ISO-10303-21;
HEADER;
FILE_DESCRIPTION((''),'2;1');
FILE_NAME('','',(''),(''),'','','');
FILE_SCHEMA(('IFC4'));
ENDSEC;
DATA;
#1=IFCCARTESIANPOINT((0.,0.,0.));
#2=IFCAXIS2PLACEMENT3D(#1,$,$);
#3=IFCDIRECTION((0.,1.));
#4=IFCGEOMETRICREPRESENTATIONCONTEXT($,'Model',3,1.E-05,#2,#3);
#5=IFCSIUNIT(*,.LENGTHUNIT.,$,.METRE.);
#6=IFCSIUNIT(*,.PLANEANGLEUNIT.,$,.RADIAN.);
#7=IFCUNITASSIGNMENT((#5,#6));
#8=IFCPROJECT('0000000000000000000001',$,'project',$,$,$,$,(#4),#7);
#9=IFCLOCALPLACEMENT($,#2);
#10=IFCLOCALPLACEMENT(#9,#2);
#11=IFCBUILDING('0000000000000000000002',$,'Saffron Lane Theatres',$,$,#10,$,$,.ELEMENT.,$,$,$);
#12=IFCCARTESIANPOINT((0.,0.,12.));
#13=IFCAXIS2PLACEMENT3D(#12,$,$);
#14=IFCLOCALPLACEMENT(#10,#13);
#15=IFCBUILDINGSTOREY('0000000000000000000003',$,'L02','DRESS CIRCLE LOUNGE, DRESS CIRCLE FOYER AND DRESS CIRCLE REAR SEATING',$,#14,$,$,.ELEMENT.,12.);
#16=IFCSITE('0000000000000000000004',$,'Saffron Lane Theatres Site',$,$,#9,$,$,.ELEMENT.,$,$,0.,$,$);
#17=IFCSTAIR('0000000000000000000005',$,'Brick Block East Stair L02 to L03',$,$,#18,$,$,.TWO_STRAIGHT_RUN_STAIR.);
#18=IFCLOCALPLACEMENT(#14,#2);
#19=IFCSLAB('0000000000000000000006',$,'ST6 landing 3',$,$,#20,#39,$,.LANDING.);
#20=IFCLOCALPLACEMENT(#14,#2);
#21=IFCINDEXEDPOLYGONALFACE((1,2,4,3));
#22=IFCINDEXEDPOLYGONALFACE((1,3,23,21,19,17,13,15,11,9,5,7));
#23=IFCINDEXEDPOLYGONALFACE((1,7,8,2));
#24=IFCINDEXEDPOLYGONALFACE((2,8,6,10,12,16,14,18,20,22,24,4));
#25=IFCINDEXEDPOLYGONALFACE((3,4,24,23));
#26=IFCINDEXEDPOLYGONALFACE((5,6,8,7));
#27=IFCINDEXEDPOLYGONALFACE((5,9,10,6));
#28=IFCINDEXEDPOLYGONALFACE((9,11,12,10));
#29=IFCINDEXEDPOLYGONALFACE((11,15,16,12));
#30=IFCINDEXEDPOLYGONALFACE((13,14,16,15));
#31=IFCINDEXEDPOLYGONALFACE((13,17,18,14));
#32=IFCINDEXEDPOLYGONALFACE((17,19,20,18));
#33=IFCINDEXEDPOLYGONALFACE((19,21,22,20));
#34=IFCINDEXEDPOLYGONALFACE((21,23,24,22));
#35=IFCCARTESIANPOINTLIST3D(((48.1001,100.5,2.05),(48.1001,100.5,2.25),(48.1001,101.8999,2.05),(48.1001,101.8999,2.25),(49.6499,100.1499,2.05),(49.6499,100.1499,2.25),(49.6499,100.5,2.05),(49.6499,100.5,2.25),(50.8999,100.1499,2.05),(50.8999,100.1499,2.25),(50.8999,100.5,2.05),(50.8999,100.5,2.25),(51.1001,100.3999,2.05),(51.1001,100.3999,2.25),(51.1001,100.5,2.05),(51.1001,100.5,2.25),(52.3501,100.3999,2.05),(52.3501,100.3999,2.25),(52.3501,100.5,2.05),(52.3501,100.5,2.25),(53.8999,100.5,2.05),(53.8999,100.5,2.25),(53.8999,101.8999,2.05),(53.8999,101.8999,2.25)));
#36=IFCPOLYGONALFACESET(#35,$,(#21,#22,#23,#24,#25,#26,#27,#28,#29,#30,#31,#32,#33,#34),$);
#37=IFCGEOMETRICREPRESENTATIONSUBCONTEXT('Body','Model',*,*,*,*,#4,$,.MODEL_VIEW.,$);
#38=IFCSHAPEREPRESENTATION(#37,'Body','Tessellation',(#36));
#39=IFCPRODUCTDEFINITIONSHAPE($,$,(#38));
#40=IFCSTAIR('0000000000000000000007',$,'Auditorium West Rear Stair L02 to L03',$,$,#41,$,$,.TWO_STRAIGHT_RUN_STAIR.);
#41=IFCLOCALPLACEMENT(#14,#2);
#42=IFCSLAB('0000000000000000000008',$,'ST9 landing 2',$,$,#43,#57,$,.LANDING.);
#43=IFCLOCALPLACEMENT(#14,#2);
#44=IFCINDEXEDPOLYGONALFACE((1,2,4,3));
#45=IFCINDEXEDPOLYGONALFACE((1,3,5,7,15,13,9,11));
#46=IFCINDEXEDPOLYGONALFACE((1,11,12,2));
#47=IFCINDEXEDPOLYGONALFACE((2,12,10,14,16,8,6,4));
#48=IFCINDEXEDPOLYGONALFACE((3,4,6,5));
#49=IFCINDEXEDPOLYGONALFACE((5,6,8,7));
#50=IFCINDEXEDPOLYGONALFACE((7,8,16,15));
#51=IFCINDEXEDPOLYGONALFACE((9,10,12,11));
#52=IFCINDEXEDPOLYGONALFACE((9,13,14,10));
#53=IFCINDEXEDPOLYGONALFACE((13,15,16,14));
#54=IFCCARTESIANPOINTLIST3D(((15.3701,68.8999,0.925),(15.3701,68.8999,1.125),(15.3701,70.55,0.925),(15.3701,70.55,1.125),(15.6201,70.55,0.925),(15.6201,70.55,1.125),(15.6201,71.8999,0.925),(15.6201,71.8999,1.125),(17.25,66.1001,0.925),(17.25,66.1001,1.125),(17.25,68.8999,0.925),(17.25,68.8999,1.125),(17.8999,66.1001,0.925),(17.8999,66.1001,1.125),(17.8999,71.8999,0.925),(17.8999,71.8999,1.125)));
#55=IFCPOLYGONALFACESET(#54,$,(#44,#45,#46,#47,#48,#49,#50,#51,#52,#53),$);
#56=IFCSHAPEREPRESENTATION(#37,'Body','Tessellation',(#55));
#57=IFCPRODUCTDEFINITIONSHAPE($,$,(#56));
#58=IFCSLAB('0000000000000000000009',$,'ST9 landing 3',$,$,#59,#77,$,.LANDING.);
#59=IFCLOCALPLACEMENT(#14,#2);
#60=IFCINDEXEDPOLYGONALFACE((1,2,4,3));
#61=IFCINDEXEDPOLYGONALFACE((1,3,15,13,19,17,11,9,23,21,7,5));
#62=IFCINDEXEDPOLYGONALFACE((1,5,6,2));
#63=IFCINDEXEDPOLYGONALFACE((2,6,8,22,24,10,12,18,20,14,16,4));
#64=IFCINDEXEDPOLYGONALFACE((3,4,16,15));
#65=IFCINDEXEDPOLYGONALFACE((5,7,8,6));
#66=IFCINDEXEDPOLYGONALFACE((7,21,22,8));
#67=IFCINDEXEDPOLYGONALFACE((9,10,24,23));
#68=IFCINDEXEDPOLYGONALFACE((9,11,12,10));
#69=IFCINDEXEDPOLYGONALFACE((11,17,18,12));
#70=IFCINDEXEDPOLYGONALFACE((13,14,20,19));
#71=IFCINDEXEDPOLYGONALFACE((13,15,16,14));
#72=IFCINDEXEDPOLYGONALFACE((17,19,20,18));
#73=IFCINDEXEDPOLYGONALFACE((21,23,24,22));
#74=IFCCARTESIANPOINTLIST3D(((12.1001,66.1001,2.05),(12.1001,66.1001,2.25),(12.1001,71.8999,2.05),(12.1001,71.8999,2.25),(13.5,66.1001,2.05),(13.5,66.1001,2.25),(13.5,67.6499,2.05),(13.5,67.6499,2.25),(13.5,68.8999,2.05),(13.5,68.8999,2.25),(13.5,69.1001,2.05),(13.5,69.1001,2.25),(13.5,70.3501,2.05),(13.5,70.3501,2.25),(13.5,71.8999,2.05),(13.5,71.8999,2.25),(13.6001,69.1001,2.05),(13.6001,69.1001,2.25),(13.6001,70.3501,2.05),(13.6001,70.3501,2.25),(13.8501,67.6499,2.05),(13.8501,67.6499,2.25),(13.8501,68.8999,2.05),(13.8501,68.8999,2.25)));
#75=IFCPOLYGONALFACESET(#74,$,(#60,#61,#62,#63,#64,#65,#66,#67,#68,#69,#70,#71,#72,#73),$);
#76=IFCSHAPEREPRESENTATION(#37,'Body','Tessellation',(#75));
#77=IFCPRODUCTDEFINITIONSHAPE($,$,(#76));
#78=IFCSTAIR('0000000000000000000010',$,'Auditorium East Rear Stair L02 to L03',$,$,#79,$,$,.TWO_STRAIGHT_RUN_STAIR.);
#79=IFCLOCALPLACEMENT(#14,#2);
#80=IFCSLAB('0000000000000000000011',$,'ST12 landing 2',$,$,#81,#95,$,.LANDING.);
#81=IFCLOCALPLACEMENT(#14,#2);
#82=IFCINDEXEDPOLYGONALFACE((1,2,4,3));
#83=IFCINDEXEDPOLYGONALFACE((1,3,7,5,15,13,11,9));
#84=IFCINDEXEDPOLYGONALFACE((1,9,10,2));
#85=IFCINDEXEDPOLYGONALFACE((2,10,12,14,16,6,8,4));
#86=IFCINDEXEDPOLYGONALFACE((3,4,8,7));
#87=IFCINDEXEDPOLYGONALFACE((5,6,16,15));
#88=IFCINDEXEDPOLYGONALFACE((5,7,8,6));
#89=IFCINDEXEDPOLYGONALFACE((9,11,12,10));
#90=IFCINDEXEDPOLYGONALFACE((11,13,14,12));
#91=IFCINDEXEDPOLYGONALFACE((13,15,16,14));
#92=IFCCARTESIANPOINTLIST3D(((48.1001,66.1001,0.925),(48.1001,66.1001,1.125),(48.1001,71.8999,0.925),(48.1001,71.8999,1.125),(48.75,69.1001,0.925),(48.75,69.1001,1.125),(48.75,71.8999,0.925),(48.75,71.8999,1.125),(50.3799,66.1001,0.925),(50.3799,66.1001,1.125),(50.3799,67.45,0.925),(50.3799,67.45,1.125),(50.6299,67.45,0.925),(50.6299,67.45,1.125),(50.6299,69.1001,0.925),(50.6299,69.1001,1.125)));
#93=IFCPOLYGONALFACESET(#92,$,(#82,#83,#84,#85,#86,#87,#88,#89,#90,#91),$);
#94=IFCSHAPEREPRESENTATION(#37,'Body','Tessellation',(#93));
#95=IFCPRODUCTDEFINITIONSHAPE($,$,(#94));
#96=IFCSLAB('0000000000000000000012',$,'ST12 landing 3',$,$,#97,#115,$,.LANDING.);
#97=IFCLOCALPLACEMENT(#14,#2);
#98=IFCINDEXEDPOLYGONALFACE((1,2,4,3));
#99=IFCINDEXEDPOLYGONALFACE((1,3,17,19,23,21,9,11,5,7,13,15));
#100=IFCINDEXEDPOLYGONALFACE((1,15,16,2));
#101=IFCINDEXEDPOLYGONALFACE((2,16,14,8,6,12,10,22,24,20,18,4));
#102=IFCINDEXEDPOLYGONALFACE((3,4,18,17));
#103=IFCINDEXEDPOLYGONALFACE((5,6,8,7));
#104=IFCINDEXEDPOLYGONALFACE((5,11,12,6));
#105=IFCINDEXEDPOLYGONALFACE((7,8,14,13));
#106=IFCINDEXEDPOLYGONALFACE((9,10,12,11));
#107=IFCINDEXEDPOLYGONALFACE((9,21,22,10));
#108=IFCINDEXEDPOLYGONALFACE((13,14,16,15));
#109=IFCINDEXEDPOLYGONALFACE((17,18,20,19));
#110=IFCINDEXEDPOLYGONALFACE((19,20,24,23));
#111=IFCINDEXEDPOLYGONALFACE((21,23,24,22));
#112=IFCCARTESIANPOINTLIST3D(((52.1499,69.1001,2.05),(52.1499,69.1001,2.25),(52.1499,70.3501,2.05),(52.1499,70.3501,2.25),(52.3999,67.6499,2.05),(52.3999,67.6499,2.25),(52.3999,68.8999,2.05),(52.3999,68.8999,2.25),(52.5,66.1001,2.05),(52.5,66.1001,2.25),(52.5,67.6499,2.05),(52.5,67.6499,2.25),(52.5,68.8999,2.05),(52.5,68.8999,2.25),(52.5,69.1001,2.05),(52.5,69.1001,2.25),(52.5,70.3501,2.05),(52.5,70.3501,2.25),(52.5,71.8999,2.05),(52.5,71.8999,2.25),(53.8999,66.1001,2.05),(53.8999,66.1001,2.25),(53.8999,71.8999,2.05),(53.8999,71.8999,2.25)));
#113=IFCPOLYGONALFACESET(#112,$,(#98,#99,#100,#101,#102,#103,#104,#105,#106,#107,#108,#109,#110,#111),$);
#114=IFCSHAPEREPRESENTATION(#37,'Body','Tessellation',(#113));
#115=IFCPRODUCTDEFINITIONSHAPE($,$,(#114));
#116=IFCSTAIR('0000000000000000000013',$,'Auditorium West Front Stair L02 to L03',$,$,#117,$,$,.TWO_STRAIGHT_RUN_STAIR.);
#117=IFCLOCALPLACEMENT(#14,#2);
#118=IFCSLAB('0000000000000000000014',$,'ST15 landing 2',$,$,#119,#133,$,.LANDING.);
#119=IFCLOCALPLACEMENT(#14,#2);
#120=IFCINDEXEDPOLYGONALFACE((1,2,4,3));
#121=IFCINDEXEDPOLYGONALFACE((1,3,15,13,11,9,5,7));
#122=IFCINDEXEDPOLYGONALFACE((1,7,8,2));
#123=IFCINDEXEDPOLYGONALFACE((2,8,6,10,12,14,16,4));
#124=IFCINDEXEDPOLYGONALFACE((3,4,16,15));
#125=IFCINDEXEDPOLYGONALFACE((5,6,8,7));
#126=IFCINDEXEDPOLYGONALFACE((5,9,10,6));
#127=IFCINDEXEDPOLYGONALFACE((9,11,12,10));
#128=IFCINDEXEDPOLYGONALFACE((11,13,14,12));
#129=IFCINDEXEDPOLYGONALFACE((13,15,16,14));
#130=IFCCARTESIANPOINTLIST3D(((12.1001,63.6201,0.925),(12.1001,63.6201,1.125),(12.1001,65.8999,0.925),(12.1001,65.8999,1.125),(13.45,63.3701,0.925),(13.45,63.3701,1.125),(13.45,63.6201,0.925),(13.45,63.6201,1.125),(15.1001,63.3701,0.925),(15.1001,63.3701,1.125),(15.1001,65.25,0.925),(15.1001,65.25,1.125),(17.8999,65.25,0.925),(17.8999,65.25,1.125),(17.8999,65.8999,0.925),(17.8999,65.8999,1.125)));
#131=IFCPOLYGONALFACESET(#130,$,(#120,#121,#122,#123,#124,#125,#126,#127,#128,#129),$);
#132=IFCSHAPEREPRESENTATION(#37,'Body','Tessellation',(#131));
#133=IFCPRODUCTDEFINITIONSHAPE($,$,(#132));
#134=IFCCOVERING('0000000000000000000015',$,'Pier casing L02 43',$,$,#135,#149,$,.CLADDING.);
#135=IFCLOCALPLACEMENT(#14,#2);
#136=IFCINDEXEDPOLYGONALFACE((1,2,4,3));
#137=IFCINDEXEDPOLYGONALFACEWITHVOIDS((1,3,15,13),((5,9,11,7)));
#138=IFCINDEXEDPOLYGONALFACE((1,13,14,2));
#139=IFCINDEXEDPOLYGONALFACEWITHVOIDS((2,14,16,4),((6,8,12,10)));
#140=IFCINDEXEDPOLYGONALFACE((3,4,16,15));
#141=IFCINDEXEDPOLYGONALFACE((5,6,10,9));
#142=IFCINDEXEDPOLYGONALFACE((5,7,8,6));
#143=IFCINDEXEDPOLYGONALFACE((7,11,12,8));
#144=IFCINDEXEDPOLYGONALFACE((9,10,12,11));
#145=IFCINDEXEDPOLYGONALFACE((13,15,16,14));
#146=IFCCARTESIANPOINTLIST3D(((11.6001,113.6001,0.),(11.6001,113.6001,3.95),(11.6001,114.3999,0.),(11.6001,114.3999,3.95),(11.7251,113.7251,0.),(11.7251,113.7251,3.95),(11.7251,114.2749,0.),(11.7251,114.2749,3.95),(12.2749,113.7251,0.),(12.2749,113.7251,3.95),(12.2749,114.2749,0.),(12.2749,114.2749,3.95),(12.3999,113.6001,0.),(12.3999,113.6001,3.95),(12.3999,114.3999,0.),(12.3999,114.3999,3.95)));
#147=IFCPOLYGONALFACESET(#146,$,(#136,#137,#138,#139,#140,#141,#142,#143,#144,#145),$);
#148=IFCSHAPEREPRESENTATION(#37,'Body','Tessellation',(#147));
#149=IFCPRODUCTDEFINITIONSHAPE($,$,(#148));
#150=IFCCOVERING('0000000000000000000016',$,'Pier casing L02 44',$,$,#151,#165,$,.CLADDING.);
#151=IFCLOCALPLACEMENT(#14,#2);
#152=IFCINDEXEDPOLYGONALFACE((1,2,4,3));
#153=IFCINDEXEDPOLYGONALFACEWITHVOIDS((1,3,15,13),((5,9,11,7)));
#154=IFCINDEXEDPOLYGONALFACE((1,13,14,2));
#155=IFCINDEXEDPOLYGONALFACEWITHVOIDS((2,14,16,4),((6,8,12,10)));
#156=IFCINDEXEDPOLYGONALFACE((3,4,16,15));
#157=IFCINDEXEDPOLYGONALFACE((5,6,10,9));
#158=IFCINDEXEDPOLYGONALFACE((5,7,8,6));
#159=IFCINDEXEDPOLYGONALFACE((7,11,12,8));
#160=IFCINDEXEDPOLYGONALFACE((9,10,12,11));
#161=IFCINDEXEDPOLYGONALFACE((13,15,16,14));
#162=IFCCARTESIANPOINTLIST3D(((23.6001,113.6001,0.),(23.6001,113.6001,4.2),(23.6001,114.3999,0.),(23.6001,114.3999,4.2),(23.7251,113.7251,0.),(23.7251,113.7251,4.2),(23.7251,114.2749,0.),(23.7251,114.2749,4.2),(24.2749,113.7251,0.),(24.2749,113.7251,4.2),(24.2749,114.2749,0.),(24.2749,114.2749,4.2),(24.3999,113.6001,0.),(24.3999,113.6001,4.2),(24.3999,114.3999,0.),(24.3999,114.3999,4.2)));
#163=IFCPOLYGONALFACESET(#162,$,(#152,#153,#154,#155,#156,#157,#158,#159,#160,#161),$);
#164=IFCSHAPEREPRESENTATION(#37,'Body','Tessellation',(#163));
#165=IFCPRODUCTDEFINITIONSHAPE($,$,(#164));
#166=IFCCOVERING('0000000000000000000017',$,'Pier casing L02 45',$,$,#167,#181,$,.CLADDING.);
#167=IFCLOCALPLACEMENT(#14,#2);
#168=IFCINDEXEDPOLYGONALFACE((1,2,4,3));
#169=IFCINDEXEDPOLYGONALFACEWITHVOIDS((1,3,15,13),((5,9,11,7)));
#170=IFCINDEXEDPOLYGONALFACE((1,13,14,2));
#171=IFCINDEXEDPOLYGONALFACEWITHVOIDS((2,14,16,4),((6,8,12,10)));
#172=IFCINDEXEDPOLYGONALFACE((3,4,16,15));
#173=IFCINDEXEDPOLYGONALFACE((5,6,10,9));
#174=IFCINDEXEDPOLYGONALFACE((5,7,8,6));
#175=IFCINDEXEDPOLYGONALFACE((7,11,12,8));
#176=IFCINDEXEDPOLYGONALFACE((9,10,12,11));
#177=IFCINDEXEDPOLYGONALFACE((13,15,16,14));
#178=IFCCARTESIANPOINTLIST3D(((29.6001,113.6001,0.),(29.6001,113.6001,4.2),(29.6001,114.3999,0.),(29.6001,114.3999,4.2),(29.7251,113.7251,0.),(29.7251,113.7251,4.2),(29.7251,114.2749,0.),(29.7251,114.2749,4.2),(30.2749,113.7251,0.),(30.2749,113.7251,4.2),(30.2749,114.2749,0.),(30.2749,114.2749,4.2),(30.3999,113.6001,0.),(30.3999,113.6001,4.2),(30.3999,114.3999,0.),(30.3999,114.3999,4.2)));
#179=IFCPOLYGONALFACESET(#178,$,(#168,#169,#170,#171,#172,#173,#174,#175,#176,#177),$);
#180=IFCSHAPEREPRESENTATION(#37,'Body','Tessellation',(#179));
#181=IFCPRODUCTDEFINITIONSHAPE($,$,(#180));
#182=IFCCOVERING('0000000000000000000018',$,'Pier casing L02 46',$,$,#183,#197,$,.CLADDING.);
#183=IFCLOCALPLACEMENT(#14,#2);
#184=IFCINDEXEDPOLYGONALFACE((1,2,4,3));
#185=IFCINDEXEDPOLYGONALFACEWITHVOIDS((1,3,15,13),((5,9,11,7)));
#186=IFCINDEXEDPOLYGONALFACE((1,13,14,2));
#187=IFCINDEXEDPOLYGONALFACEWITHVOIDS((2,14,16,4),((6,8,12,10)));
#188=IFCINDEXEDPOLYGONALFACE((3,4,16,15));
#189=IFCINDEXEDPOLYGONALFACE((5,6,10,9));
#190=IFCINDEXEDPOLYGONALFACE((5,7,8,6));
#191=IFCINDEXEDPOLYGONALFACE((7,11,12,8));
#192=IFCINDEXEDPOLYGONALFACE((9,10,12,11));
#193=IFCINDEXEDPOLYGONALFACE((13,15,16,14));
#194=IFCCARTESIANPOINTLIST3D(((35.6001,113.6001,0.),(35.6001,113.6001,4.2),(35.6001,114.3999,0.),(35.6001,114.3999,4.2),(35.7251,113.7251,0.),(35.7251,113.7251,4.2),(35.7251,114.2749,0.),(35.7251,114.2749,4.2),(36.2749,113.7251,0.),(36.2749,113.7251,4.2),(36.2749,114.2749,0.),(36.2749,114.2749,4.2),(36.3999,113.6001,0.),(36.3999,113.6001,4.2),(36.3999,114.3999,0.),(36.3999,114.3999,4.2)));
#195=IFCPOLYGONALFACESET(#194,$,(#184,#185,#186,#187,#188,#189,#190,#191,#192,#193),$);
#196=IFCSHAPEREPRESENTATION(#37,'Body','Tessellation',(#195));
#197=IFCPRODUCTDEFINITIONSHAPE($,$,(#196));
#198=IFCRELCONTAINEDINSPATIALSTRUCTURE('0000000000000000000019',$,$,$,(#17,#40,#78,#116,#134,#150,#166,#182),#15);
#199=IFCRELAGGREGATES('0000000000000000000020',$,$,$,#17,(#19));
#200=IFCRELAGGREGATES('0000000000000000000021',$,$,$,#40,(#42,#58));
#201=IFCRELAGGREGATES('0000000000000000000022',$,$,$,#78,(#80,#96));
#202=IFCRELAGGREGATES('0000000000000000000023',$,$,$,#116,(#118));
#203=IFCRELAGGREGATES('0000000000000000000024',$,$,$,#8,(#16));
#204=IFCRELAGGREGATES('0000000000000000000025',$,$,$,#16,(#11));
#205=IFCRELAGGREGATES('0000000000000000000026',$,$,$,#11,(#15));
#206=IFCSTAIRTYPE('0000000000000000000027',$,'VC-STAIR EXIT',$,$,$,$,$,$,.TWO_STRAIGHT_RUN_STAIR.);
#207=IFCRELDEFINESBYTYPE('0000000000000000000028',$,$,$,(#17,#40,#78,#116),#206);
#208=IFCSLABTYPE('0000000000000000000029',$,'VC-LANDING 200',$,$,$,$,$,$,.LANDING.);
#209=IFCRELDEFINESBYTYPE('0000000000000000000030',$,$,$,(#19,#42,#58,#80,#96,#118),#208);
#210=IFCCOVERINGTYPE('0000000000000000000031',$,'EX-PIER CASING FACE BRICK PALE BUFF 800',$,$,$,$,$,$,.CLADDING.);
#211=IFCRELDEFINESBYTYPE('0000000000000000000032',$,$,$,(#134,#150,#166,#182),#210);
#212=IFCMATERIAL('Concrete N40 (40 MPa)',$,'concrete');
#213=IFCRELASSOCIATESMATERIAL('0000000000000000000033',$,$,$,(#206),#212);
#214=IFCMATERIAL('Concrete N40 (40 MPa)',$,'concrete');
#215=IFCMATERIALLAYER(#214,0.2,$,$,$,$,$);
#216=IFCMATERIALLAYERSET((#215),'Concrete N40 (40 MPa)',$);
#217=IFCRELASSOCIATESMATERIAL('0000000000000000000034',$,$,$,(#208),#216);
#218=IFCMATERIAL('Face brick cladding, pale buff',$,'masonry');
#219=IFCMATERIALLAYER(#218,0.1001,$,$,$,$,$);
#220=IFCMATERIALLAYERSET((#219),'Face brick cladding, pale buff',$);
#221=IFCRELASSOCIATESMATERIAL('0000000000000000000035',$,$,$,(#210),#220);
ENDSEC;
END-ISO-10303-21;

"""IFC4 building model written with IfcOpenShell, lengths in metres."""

from ifc_helpers import new_model, si_unit, direction, frame, origin, place, context, subcontext, project, spatial, polyline, outline, extrude, material, layer, layer_set, type_object, element, aggregate, save


model = new_model("IFC4")

# Units and contexts
model_context = context("Model", 3, precision=1e-05, world=origin(), true_north=direction((0.0, 1.0)))
body_context = subcontext(model_context, "Body", "Model", "MODEL_VIEW")
ifc_project = project(units=[si_unit("LENGTHUNIT", "METRE"), si_unit("PLANEANGLEUNIT", "RADIAN")], contexts=[model_context])

# Site, building, storey
site_placement = place(None, origin())
site = spatial("IfcSite", under=ifc_project, at=site_placement, Name="Saffron Lane Theatres Site", CompositionType="ELEMENT", RefElevation=0.0)
building_placement = place(site_placement, origin())
building = spatial("IfcBuilding", under=site, at=building_placement, Name="Saffron Lane Theatres", CompositionType="ELEMENT")
storey_placement = place(building_placement, frame((0.0, 0.0, 12.0)))
storey = spatial("IfcBuildingStorey", under=building, at=storey_placement, Name="L02", Description="DRESS CIRCLE LOUNGE, DRESS CIRCLE FOYER AND DRESS CIRCLE REAR SEATING", CompositionType="ELEMENT", Elevation=12.0)

# Stairs, slabs
ifc_material_1 = material(Name="Concrete N40 (40 MPa)", Category="concrete")
stair_type_1 = type_object("IfcStairType", Name="VC-STAIR EXIT", PredefinedType="TWO_STRAIGHT_RUN_STAIR", material=ifc_material_1)
ifc_material_2 = material(Name="Concrete N40 (40 MPa)", Category="concrete")
ifc_layer_1 = layer(ifc_material_2, 0.2)
ifc_layer_set_1 = layer_set([ifc_layer_1], Name="Concrete N40 (40 MPa)")
slab_type_1 = type_object("IfcSlabType", Name="VC-LANDING 200", PredefinedType="LANDING", material=ifc_layer_set_1)
stair_1_placement = place(storey_placement, origin())
stair_1 = element("IfcStair", 1, at=stair_1_placement, inside=storey, type_object=stair_type_1, Name="Brick Block East Stair L02 to L03", PredefinedType="TWO_STRAIGHT_RUN_STAIR")
slab_1_placement = place(storey_placement, frame((0.0, 0.0, 2.05)))
slab_1 = element("IfcSlab", 2, at=slab_1_placement, type_object=slab_type_1, Name="ST6 landing 3", PredefinedType="LANDING", context=body_context, shape_type="SweptSolid", body=[
    extrude(outline(polyline([(48.1001, 100.5), (48.1001, 101.8999), (53.8999, 101.8999), (53.8999, 100.5), (52.3501, 100.5), (52.3501, 100.3999), (51.1001, 100.3999), (51.1001, 100.5), (50.8999, 100.5), (50.8999, 100.1499), (49.6499, 100.1499), (49.6499, 100.5), (48.1001, 100.5)])), origin(), (0.0, 0.0, 1.0), 0.2),
])
aggregate(stair_1, [slab_1])
stair_2_placement = place(storey_placement, origin())
stair_2 = element("IfcStair", 3, at=stair_2_placement, inside=storey, type_object=stair_type_1, Name="Auditorium West Rear Stair L02 to L03", PredefinedType="TWO_STRAIGHT_RUN_STAIR")
slab_2_placement = place(storey_placement, frame((0.0, 0.0, 0.925)))
slab_2 = element("IfcSlab", 4, at=slab_2_placement, type_object=slab_type_1, Name="ST9 landing 2", PredefinedType="LANDING", context=body_context, shape_type="SweptSolid", body=[
    extrude(outline(polyline([(15.3701, 68.8999), (15.3701, 70.55), (15.6201, 70.55), (15.6201, 71.8999), (17.8999, 71.8999), (17.8999, 66.1001), (17.25, 66.1001), (17.25, 68.8999), (15.3701, 68.8999)])), origin(), (0.0, 0.0, 1.0), 0.2),
])
slab_3_placement = place(storey_placement, frame((0.0, 0.0, 2.05)))
slab_3 = element("IfcSlab", 5, at=slab_3_placement, type_object=slab_type_1, Name="ST9 landing 3", PredefinedType="LANDING", context=body_context, shape_type="SweptSolid", body=[
    extrude(outline(polyline([(13.5, 66.1001), (12.1001, 66.1001), (12.1001, 71.8999), (13.5, 71.8999), (13.5, 70.3501), (13.6001, 70.3501), (13.6001, 69.1001), (13.5, 69.1001), (13.5, 68.8999), (13.8501, 68.8999), (13.8501, 67.6499), (13.5, 67.6499), (13.5, 66.1001)])), origin(), (0.0, 0.0, 1.0), 0.2),
])
aggregate(stair_2, [slab_2, slab_3])
stair_3_placement = place(storey_placement, origin())
stair_3 = element("IfcStair", 6, at=stair_3_placement, inside=storey, type_object=stair_type_1, Name="Auditorium East Rear Stair L02 to L03", PredefinedType="TWO_STRAIGHT_RUN_STAIR")
slab_4_placement = place(storey_placement, frame((0.0, 0.0, 0.925)))
slab_4 = element("IfcSlab", 7, at=slab_4_placement, type_object=slab_type_1, Name="ST12 landing 2", PredefinedType="LANDING", context=body_context, shape_type="SweptSolid", body=[
    extrude(outline(polyline([(50.6299, 69.1001), (50.6299, 67.45), (50.3799, 67.45), (50.3799, 66.1001), (48.1001, 66.1001), (48.1001, 71.8999), (48.75, 71.8999), (48.75, 69.1001), (50.6299, 69.1001)])), origin(), (0.0, 0.0, 1.0), 0.2),
])
slab_5_placement = place(storey_placement, frame((0.0, 0.0, 2.05)))
slab_5 = element("IfcSlab", 8, at=slab_5_placement, type_object=slab_type_1, Name="ST12 landing 3", PredefinedType="LANDING", context=body_context, shape_type="SweptSolid", body=[
    extrude(outline(polyline([(52.5, 71.8999), (53.8999, 71.8999), (53.8999, 66.1001), (52.5, 66.1001), (52.5, 67.6499), (52.3999, 67.6499), (52.3999, 68.8999), (52.5, 68.8999), (52.5, 69.1001), (52.1499, 69.1001), (52.1499, 70.3501), (52.5, 70.3501), (52.5, 71.8999)])), origin(), (0.0, 0.0, 1.0), 0.2),
])
aggregate(stair_3, [slab_4, slab_5])

# Stair, slab
stair_4_placement = place(storey_placement, origin())
stair_4 = element("IfcStair", 9, at=stair_4_placement, inside=storey, type_object=stair_type_1, Name="Auditorium West Front Stair L02 to L03", PredefinedType="TWO_STRAIGHT_RUN_STAIR")
slab_6_placement = place(storey_placement, frame((0.0, 0.0, 0.925)))
slab_6 = element("IfcSlab", 10, at=slab_6_placement, type_object=slab_type_1, Name="ST15 landing 2", PredefinedType="LANDING", context=body_context, shape_type="SweptSolid", body=[
    extrude(outline(polyline([(15.1001, 63.3701), (13.45, 63.3701), (13.45, 63.6201), (12.1001, 63.6201), (12.1001, 65.8999), (17.8999, 65.8999), (17.8999, 65.25), (15.1001, 65.25), (15.1001, 63.3701)])), origin(), (0.0, 0.0, 1.0), 0.2),
])
aggregate(stair_4, [slab_6])

# Coverings
ifc_material_3 = material(Name="Face brick cladding, pale buff", Category="masonry")
ifc_layer_2 = layer(ifc_material_3, 0.1001)
ifc_layer_set_2 = layer_set([ifc_layer_2], Name="Face brick cladding, pale buff")
covering_type = type_object("IfcCoveringType", Name="EX-PIER CASING FACE BRICK PALE BUFF 800", PredefinedType="CLADDING", material=ifc_layer_set_2)
covering_1_placement = place(storey_placement, origin())
element("IfcCovering", 11, at=covering_1_placement, inside=storey, type_object=covering_type, Name="Pier casing L02 43", PredefinedType="CLADDING", context=body_context, shape_type="SweptSolid", body=[
    extrude(outline(polyline([(12.3999, 114.3999), (11.6001, 114.3999), (11.6001, 113.6001), (12.3999, 113.6001), (12.3999, 114.3999)]), holes=[polyline([(11.7251, 114.2749), (12.2749, 114.2749), (12.2749, 113.7251), (11.7251, 113.7251), (11.7251, 114.2749)])]), origin(), (0.0, 0.0, 1.0), 3.95),
])
covering_2_placement = place(storey_placement, origin())
element("IfcCovering", 12, at=covering_2_placement, inside=storey, type_object=covering_type, Name="Pier casing L02 44", PredefinedType="CLADDING", context=body_context, shape_type="SweptSolid", body=[
    extrude(outline(polyline([(24.3999, 114.3999), (23.6001, 114.3999), (23.6001, 113.6001), (24.3999, 113.6001), (24.3999, 114.3999)]), holes=[polyline([(23.7251, 114.2749), (24.2749, 114.2749), (24.2749, 113.7251), (23.7251, 113.7251), (23.7251, 114.2749)])]), origin(), (0.0, 0.0, 1.0), 4.2),
])
covering_3_placement = place(storey_placement, origin())
element("IfcCovering", 13, at=covering_3_placement, inside=storey, type_object=covering_type, Name="Pier casing L02 45", PredefinedType="CLADDING", context=body_context, shape_type="SweptSolid", body=[
    extrude(outline(polyline([(30.3999, 114.3999), (29.6001, 114.3999), (29.6001, 113.6001), (30.3999, 113.6001), (30.3999, 114.3999)]), holes=[polyline([(29.7251, 114.2749), (30.2749, 114.2749), (30.2749, 113.7251), (29.7251, 113.7251), (29.7251, 114.2749)])]), origin(), (0.0, 0.0, 1.0), 4.2),
])
covering_4_placement = place(storey_placement, origin())
element("IfcCovering", 14, at=covering_4_placement, inside=storey, type_object=covering_type, Name="Pier casing L02 46", PredefinedType="CLADDING", context=body_context, shape_type="SweptSolid", body=[
    extrude(outline(polyline([(36.3999, 114.3999), (35.6001, 114.3999), (35.6001, 113.6001), (36.3999, 113.6001), (36.3999, 114.3999)]), holes=[polyline([(35.7251, 114.2749), (36.2749, 114.2749), (36.2749, 113.7251), (35.7251, 113.7251), (35.7251, 114.2749)])]), origin(), (0.0, 0.0, 1.0), 4.2),
])

save(model, "model.ifc")
